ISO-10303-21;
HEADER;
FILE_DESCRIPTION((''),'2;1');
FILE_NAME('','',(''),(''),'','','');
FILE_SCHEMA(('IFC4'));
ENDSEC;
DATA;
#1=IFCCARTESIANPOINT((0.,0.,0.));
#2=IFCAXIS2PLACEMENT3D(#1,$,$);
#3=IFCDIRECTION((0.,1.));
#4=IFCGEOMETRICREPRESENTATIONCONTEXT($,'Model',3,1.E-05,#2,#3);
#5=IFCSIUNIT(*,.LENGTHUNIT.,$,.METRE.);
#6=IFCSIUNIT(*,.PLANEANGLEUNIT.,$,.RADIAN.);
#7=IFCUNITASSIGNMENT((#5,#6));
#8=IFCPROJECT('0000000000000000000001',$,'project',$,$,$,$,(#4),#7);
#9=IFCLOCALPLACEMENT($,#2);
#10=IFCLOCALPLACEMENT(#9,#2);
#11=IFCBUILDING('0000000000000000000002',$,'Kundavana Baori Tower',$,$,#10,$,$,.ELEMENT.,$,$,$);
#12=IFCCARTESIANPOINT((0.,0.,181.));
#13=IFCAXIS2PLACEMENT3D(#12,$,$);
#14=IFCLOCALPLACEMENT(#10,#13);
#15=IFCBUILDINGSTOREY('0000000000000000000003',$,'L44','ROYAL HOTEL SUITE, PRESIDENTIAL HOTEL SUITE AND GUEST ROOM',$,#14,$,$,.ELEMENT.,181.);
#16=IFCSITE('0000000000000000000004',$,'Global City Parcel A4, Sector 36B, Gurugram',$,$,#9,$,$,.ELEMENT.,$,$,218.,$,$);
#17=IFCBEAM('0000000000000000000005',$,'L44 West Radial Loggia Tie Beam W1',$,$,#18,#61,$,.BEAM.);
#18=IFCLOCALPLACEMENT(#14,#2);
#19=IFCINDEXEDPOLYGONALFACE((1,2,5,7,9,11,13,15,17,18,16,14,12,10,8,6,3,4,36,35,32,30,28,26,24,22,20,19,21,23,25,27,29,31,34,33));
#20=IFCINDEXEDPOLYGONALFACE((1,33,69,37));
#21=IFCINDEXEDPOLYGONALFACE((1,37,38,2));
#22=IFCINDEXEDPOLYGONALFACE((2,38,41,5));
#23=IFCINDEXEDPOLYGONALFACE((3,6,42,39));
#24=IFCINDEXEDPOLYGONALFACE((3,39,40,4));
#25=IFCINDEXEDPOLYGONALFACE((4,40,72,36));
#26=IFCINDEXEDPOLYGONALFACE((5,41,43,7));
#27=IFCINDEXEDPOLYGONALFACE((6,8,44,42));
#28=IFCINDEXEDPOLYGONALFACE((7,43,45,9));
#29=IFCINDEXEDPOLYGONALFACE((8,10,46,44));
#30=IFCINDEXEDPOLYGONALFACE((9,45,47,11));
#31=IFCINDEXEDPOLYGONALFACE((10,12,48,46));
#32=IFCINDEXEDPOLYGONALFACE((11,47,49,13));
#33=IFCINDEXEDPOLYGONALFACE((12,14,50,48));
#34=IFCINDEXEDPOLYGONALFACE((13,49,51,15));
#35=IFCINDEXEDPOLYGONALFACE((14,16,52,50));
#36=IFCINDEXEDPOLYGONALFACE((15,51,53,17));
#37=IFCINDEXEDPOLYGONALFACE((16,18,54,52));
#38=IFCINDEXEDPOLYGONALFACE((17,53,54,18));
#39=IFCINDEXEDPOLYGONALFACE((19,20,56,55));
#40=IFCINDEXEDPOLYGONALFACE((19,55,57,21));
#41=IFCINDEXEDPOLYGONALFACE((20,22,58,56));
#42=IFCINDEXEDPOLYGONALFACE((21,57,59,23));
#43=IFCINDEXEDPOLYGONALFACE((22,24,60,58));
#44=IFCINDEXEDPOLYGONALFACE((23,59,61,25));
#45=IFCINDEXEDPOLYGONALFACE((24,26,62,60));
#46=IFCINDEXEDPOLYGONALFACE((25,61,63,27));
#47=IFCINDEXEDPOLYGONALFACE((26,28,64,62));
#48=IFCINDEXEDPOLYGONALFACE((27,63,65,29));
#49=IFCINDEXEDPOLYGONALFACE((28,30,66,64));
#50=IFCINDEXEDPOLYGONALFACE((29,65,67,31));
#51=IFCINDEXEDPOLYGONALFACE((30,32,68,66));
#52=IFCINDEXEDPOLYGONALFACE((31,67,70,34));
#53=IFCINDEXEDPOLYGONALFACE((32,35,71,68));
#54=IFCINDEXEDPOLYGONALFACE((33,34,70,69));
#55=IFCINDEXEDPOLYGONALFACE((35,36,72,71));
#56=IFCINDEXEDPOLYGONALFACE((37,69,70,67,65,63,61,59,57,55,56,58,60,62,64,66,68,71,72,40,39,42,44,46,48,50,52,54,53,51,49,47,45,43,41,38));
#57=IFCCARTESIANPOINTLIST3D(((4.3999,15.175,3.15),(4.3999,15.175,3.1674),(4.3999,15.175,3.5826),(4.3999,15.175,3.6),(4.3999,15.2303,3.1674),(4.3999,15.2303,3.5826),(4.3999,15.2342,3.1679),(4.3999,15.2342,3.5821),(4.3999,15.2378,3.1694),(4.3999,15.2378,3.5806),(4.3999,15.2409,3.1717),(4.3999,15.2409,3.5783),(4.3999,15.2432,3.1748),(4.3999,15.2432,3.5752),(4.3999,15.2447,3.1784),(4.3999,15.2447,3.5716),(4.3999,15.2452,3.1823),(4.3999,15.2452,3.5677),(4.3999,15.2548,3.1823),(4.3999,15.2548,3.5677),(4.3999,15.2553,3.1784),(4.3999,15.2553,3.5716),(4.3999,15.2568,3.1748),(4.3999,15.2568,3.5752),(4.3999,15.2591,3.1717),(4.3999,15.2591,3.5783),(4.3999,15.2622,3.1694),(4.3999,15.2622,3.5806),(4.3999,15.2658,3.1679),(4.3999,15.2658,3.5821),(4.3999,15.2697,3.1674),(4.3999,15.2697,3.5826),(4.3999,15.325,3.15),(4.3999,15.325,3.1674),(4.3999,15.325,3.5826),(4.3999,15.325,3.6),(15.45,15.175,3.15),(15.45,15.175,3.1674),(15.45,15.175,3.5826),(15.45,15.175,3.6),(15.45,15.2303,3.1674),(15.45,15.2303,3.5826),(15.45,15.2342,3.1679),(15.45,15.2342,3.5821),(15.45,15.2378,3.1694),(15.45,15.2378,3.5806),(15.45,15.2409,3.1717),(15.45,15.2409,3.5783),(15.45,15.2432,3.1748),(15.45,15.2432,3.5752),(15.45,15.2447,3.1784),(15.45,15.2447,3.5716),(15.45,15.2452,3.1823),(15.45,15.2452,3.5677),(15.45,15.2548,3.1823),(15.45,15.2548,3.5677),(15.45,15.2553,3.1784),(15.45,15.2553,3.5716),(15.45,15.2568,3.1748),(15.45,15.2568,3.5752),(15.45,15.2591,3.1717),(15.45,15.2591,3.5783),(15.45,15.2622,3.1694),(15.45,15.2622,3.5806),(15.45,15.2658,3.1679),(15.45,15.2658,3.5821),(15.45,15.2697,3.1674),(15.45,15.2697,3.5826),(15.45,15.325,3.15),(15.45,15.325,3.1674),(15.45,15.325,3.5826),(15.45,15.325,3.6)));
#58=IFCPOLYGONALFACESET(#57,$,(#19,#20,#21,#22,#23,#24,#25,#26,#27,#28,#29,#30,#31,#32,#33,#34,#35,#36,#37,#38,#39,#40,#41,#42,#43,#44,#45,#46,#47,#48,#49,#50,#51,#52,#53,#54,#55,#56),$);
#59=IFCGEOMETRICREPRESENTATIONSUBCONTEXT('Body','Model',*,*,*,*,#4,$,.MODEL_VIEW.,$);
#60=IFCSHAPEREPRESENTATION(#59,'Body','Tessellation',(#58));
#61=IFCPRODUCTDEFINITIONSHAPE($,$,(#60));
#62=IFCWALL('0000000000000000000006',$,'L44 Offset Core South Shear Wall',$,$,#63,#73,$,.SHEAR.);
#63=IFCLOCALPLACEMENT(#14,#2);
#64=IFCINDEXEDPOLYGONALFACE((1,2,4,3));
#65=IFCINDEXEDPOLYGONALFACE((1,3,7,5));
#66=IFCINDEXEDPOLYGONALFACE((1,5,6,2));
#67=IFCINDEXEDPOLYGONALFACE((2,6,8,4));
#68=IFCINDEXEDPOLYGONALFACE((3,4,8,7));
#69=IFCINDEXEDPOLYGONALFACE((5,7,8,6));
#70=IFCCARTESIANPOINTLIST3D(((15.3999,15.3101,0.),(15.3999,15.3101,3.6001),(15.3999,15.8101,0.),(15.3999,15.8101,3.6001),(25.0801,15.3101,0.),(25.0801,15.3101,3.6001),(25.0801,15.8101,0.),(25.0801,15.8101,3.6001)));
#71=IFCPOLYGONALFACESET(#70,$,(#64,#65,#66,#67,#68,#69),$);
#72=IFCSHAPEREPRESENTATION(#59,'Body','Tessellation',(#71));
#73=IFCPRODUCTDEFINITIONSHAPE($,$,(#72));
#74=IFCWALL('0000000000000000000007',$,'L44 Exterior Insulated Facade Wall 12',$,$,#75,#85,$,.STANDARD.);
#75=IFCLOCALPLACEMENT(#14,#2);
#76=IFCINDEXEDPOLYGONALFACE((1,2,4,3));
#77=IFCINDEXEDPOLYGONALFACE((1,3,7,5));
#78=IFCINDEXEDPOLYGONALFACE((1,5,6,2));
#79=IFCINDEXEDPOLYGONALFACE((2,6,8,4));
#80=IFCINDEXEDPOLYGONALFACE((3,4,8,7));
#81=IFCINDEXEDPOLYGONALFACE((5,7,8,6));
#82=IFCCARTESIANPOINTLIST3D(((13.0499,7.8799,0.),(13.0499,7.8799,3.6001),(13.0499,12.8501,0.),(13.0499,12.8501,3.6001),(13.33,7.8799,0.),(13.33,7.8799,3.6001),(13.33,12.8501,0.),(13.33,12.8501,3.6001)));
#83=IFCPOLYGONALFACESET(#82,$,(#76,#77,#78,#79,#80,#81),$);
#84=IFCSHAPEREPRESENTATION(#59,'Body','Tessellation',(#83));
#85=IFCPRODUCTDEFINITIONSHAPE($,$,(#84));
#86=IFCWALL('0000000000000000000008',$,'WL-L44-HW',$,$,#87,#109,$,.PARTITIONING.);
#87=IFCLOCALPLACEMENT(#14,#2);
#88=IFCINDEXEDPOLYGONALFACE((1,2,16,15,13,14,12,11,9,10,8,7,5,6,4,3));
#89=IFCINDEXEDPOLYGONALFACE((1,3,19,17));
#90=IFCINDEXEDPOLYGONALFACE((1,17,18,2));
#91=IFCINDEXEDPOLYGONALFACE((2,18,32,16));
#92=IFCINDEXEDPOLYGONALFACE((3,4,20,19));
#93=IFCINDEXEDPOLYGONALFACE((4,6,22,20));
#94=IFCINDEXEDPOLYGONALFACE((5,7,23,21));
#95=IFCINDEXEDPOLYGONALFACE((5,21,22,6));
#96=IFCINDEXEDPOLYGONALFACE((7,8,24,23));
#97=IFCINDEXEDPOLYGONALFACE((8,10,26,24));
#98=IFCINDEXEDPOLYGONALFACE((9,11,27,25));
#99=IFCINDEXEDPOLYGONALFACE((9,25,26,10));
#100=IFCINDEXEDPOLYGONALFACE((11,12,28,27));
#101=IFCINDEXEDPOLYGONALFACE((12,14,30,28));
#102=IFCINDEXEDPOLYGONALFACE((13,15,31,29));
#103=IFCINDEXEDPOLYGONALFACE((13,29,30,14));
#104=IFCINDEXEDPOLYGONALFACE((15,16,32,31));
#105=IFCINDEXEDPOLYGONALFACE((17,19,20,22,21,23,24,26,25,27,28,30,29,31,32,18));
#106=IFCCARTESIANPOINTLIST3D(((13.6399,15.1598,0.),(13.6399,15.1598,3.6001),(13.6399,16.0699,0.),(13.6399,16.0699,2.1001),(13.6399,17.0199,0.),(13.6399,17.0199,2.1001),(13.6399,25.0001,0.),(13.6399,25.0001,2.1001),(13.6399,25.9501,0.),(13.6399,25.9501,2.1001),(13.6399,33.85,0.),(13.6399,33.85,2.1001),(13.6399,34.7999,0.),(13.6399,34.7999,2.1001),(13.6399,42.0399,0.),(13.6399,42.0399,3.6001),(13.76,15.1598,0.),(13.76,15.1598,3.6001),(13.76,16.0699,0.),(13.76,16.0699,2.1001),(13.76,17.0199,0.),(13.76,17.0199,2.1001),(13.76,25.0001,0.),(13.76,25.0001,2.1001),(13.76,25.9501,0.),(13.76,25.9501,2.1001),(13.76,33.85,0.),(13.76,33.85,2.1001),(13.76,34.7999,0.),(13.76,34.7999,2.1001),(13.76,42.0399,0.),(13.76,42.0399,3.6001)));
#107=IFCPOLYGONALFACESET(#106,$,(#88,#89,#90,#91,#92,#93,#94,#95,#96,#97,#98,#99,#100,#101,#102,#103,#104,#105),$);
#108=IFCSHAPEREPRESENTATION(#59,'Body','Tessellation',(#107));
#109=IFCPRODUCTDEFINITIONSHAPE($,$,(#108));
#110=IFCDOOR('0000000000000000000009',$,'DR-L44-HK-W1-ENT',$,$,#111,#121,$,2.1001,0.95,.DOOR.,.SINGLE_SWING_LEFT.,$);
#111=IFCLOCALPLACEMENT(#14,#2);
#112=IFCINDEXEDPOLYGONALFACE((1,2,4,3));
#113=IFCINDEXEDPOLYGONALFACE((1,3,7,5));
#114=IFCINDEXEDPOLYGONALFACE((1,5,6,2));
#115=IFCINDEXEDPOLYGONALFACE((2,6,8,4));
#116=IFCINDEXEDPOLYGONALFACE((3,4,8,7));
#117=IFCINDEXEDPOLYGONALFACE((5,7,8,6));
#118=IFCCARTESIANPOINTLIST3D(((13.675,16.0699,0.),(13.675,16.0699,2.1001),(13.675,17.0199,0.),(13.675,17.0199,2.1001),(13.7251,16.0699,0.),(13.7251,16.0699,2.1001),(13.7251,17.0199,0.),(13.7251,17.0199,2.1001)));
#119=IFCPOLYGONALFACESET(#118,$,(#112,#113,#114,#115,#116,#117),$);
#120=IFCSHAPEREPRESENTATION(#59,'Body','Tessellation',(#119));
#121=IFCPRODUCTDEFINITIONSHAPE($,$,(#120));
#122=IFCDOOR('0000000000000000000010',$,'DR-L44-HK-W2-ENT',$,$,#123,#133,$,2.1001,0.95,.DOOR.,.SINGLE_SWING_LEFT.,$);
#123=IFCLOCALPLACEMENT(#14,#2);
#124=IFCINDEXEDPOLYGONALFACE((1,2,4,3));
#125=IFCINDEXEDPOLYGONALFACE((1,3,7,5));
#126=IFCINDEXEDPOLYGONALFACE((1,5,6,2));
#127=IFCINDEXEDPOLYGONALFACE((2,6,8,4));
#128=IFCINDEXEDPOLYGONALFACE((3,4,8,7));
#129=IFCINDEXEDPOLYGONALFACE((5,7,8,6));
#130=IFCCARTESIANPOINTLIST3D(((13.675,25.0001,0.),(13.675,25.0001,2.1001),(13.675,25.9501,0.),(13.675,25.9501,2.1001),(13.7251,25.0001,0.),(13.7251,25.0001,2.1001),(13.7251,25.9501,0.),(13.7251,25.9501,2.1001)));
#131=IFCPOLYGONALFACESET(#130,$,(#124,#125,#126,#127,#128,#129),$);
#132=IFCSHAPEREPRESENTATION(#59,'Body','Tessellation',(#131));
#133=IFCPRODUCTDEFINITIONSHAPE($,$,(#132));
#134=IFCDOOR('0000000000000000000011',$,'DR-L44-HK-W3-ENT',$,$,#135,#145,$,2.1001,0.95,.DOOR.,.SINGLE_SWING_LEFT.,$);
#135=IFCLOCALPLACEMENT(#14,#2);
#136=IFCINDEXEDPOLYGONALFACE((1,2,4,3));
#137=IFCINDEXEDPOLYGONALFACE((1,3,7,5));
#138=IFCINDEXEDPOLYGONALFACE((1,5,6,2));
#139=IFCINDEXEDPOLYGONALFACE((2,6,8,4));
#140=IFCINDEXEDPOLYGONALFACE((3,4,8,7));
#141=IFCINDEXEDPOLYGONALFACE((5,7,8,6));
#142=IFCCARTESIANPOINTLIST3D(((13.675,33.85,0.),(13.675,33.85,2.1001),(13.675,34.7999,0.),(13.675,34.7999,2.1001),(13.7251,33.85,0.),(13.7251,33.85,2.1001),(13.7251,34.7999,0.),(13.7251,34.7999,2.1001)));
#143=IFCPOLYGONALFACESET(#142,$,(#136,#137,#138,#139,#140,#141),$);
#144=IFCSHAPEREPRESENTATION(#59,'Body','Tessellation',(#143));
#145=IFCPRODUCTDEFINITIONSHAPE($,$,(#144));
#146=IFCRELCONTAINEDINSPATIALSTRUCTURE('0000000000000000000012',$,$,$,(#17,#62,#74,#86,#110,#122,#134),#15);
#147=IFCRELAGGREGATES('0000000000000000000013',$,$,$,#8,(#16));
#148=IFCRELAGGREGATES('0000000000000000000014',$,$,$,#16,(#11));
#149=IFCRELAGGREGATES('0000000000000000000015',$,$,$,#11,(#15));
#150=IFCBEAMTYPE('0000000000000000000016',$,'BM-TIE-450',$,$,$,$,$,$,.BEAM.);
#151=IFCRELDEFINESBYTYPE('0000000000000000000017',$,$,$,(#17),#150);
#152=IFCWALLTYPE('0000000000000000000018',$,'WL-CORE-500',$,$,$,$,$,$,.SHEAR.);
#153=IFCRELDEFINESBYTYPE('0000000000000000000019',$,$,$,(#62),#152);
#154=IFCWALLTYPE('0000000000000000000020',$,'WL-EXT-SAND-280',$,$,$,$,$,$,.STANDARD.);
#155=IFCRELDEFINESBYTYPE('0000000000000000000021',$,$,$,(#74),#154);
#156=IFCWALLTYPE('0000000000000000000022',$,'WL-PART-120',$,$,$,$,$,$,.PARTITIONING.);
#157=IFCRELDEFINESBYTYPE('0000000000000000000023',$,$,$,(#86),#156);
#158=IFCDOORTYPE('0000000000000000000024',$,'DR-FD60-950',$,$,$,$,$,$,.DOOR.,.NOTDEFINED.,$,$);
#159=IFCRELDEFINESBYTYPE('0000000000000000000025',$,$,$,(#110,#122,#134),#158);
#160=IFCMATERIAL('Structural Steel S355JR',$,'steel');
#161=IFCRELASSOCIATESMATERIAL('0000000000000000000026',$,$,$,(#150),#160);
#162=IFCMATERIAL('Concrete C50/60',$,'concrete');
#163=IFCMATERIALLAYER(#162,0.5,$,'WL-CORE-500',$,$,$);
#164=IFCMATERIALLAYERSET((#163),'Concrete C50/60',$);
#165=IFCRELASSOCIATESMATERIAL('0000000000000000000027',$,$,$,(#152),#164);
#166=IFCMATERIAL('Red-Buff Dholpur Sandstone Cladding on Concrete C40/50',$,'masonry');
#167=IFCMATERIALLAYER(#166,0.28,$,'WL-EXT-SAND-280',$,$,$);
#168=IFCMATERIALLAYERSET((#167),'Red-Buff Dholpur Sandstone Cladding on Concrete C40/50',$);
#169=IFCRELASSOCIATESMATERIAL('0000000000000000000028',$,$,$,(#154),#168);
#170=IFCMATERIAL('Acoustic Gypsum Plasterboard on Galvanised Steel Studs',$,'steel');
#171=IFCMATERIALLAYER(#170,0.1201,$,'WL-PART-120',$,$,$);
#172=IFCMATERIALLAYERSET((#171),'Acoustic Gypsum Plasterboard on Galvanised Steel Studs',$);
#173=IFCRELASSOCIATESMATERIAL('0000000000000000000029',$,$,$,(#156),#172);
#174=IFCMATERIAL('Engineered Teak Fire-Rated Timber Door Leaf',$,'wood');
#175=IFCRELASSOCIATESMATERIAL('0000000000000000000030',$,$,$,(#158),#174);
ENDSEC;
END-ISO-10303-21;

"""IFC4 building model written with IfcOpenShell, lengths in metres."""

from ifc_helpers import new_model, si_unit, direction, frame, frame_2d, origin, origin_2d, place, context, subcontext, project, spatial, rectangle, i_section, extrude, material, layer, layer_set, material_profile, profile_set, type_object, element, fill, save


model = new_model("IFC4")

# Units and contexts
model_context = context("Model", 3, precision=1e-05, world=origin(), true_north=direction((0.0, 1.0)))
body_context = subcontext(model_context, "Body", "Model", "MODEL_VIEW")
ifc_project = project(units=[si_unit("LENGTHUNIT", "METRE"), si_unit("PLANEANGLEUNIT", "RADIAN")], contexts=[model_context])

# Site, building, storey
site_placement = place(None, origin())
site = spatial("IfcSite", under=ifc_project, at=site_placement, Name="Global City Parcel A4, Sector 36B, Gurugram", CompositionType="ELEMENT", RefElevation=218.0)
building_placement = place(site_placement, origin())
building = spatial("IfcBuilding", under=site, at=building_placement, Name="Kundavana Baori Tower", CompositionType="ELEMENT")
storey_placement = place(building_placement, frame((0.0, 0.0, 181.0)))
storey = spatial("IfcBuildingStorey", under=building, at=storey_placement, Name="L44", Description="ROYAL HOTEL SUITE, PRESIDENTIAL HOTEL SUITE AND GUEST ROOM", CompositionType="ELEMENT", Elevation=181.0)

# Beam
ifc_material_1 = material(Name="Structural Steel S355JR", Category="steel")
ifc_material_profile_1 = material_profile(ifc_material_1, i_section(OverallWidth=0.1499, OverallDepth=0.45, WebThickness=0.0095, FlangeThickness=0.0173, FilletRadius=0.0149, at=origin_2d()), Name="ISMB 450")
ifc_profile_set_1 = profile_set([ifc_material_profile_1], Name="Structural Steel S355JR")
beam_type_1 = type_object("IfcBeamType", Name="BM-TIE-450", PredefinedType="BEAM", material=ifc_profile_set_1)
for number, where, z_axis, x_axis, name in (
    (1, (15.45, 15.25, 3.375), (-1.0, 0.0, 0.0), (0.0, -1.0, 0.0), "L44 West Radial Loggia Tie Beam W1"),
):
    element("IfcBeam", number, at=place(storey_placement, frame(where, z_axis=z_axis, x_axis=x_axis)), inside=storey, type_object=beam_type_1, Name=name, PredefinedType="BEAM", context=body_context, shape_type="SweptSolid", body=[
        extrude(i_section(OverallWidth=0.1499, OverallDepth=0.45, WebThickness=0.0095, FlangeThickness=0.0173, FilletRadius=0.0149, at=origin_2d()), origin(), (0.0, 0.0, 1.0), 11.05),
    ])

# Walls
ifc_material_2 = material(Name="Concrete C50/60", Category="concrete")
ifc_layer_1 = layer(ifc_material_2, 0.5, Name="WL-CORE-500")
ifc_layer_set_1 = layer_set([ifc_layer_1], Name="Concrete C50/60")
wall_type_1 = type_object("IfcWallType", Name="WL-CORE-500", PredefinedType="SHEAR", material=ifc_layer_set_1)
wall_1_placement = place(storey_placement, frame((15.3999, 15.5601, 0.0), z_axis=(0.0, 0.0, 1.0), x_axis=(1.0, 0.0, 0.0)))
element("IfcWall", 2, at=wall_1_placement, inside=storey, type_object=wall_type_1, Name="L44 Offset Core South Shear Wall", PredefinedType="SHEAR", context=body_context, shape_type="SweptSolid", body=[
    extrude(rectangle(XDim=9.6802, YDim=0.5, at=frame_2d((4.8401, 0.0))), origin(), (0.0, 0.0, 1.0), 3.6001),
])
ifc_material_3 = material(Name="Red-Buff Dholpur Sandstone Cladding on Concrete C40/50", Category="masonry")
ifc_layer_2 = layer(ifc_material_3, 0.28, Name="WL-EXT-SAND-280")
ifc_layer_set_2 = layer_set([ifc_layer_2], Name="Red-Buff Dholpur Sandstone Cladding on Concrete C40/50")
wall_type_2 = type_object("IfcWallType", Name="WL-EXT-SAND-280", PredefinedType="STANDARD", material=ifc_layer_set_2)
wall_2_placement = place(storey_placement, frame((13.1899, 12.8501, 0.0), z_axis=(0.0, 0.0, 1.0), x_axis=(0.0, -1.0, 0.0)))
element("IfcWall", 3, at=wall_2_placement, inside=storey, type_object=wall_type_2, Name="L44 Exterior Insulated Facade Wall 12", PredefinedType="STANDARD", context=body_context, shape_type="SweptSolid", body=[
    extrude(rectangle(XDim=4.9702, YDim=0.28, at=frame_2d((2.4851, 0.0))), origin(), (0.0, 0.0, 1.0), 3.6001),
])

# Wall, openings, doors
ifc_material_4 = material(Name="Acoustic Gypsum Plasterboard on Galvanised Steel Studs", Category="steel")
ifc_layer_3 = layer(ifc_material_4, 0.1201, Name="WL-PART-120")
ifc_layer_set_3 = layer_set([ifc_layer_3], Name="Acoustic Gypsum Plasterboard on Galvanised Steel Studs")
wall_type_3 = type_object("IfcWallType", Name="WL-PART-120", PredefinedType="PARTITIONING", material=ifc_layer_set_3)
wall_3_placement = place(storey_placement, frame((13.7, 15.1599, 0.0), z_axis=(0.0, 0.0, 1.0), x_axis=(0.0, 1.0, 0.0)))
wall_3 = element("IfcWall", 4, at=wall_3_placement, inside=storey, type_object=wall_type_3, Name="WL-L44-HW", PredefinedType="PARTITIONING", context=body_context, shape_type="SweptSolid", body=[
    extrude(rectangle(XDim=26.8801, YDim=0.1201, at=frame_2d((13.4399, 0.0))), origin(), (0.0, 0.0, 1.0), 3.6001),
])
opening_1_placement = place(wall_3_placement, frame((0.9099, 0.0, 0.0)))
opening_1 = element("IfcOpeningElement", 5, at=opening_1_placement, cuts=wall_3, PredefinedType="OPENING", context=body_context, shape_type="SweptSolid", body=[
    extrude(rectangle(XDim=0.95, YDim=2.1001, at=frame_2d((0.4751, 1.05))), frame((0.0, 0.0701, 0.0), z_axis=(0.0, -1.0, 0.0), x_axis=(1.0, 0.0, 0.0)), (0.0, 0.0, 1.0), 0.1401),
])
opening_2_placement = place(wall_3_placement, frame((9.8401, 0.0, 0.0)))
opening_2 = element("IfcOpeningElement", 6, at=opening_2_placement, cuts=wall_3, PredefinedType="OPENING", context=body_context, shape_type="SweptSolid", body=[
    extrude(rectangle(XDim=0.95, YDim=2.1001, at=frame_2d((0.4751, 1.05))), frame((0.0, 0.0701, 0.0), z_axis=(0.0, -1.0, 0.0), x_axis=(1.0, 0.0, 0.0)), (0.0, 0.0, 1.0), 0.1401),
])
opening_3_placement = place(wall_3_placement, frame((18.6899, 0.0, 0.0)))
opening_3 = element("IfcOpeningElement", 7, at=opening_3_placement, cuts=wall_3, PredefinedType="OPENING", context=body_context, shape_type="SweptSolid", body=[
    extrude(rectangle(XDim=0.95, YDim=2.1001, at=frame_2d((0.4751, 1.05))), frame((0.0, 0.0701, 0.0), z_axis=(0.0, -1.0, 0.0), x_axis=(1.0, 0.0, 0.0)), (0.0, 0.0, 1.0), 0.1401),
])
ifc_material_5 = material(Name="Engineered Teak Fire-Rated Timber Door Leaf", Category="wood")
door_type_1 = type_object("IfcDoorType", Name="DR-FD60-950", OperationType="NOTDEFINED", PredefinedType="DOOR", material=ifc_material_5)
door_1_placement = place(opening_1_placement, origin())
door_1 = element("IfcDoor", 8, at=door_1_placement, inside=storey, type_object=door_type_1, Name="DR-L44-HK-W1-ENT", OperationType="SINGLE_SWING_LEFT", OverallHeight=2.1001, OverallWidth=0.95, PredefinedType="DOOR", context=body_context, shape_type="SweptSolid", body=[
    extrude(rectangle(XDim=0.95, YDim=2.1001, at=frame_2d((0.4751, 1.05))), frame((0.0, 0.0249, 0.0), z_axis=(0.0, -1.0, 0.0), x_axis=(1.0, 0.0, 0.0)), (0.0, 0.0, 1.0), 0.05),
])
fill(opening_1, door_1)
door_2_placement = place(opening_2_placement, origin())
door_2 = element("IfcDoor", 9, at=door_2_placement, inside=storey, type_object=door_type_1, Name="DR-L44-HK-W2-ENT", OperationType="SINGLE_SWING_LEFT", OverallHeight=2.1001, OverallWidth=0.95, PredefinedType="DOOR", context=body_context, shape_type="SweptSolid", body=[
    extrude(rectangle(XDim=0.95, YDim=2.1001, at=frame_2d((0.4751, 1.05))), frame((0.0, 0.0249, 0.0), z_axis=(0.0, -1.0, 0.0), x_axis=(1.0, 0.0, 0.0)), (0.0, 0.0, 1.0), 0.05),
])
fill(opening_2, door_2)
door_3_placement = place(opening_3_placement, origin())
door_3 = element("IfcDoor", 10, at=door_3_placement, inside=storey, type_object=door_type_1, Name="DR-L44-HK-W3-ENT", OperationType="SINGLE_SWING_LEFT", OverallHeight=2.1001, OverallWidth=0.95, PredefinedType="DOOR", context=body_context, shape_type="SweptSolid", body=[
    extrude(rectangle(XDim=0.95, YDim=2.1001, at=frame_2d((0.4751, 1.05))), frame((0.0, 0.0249, 0.0), z_axis=(0.0, -1.0, 0.0), x_axis=(1.0, 0.0, 0.0)), (0.0, 0.0, 1.0), 0.05),
])
fill(opening_3, door_3)

save(model, "model.ifc")
